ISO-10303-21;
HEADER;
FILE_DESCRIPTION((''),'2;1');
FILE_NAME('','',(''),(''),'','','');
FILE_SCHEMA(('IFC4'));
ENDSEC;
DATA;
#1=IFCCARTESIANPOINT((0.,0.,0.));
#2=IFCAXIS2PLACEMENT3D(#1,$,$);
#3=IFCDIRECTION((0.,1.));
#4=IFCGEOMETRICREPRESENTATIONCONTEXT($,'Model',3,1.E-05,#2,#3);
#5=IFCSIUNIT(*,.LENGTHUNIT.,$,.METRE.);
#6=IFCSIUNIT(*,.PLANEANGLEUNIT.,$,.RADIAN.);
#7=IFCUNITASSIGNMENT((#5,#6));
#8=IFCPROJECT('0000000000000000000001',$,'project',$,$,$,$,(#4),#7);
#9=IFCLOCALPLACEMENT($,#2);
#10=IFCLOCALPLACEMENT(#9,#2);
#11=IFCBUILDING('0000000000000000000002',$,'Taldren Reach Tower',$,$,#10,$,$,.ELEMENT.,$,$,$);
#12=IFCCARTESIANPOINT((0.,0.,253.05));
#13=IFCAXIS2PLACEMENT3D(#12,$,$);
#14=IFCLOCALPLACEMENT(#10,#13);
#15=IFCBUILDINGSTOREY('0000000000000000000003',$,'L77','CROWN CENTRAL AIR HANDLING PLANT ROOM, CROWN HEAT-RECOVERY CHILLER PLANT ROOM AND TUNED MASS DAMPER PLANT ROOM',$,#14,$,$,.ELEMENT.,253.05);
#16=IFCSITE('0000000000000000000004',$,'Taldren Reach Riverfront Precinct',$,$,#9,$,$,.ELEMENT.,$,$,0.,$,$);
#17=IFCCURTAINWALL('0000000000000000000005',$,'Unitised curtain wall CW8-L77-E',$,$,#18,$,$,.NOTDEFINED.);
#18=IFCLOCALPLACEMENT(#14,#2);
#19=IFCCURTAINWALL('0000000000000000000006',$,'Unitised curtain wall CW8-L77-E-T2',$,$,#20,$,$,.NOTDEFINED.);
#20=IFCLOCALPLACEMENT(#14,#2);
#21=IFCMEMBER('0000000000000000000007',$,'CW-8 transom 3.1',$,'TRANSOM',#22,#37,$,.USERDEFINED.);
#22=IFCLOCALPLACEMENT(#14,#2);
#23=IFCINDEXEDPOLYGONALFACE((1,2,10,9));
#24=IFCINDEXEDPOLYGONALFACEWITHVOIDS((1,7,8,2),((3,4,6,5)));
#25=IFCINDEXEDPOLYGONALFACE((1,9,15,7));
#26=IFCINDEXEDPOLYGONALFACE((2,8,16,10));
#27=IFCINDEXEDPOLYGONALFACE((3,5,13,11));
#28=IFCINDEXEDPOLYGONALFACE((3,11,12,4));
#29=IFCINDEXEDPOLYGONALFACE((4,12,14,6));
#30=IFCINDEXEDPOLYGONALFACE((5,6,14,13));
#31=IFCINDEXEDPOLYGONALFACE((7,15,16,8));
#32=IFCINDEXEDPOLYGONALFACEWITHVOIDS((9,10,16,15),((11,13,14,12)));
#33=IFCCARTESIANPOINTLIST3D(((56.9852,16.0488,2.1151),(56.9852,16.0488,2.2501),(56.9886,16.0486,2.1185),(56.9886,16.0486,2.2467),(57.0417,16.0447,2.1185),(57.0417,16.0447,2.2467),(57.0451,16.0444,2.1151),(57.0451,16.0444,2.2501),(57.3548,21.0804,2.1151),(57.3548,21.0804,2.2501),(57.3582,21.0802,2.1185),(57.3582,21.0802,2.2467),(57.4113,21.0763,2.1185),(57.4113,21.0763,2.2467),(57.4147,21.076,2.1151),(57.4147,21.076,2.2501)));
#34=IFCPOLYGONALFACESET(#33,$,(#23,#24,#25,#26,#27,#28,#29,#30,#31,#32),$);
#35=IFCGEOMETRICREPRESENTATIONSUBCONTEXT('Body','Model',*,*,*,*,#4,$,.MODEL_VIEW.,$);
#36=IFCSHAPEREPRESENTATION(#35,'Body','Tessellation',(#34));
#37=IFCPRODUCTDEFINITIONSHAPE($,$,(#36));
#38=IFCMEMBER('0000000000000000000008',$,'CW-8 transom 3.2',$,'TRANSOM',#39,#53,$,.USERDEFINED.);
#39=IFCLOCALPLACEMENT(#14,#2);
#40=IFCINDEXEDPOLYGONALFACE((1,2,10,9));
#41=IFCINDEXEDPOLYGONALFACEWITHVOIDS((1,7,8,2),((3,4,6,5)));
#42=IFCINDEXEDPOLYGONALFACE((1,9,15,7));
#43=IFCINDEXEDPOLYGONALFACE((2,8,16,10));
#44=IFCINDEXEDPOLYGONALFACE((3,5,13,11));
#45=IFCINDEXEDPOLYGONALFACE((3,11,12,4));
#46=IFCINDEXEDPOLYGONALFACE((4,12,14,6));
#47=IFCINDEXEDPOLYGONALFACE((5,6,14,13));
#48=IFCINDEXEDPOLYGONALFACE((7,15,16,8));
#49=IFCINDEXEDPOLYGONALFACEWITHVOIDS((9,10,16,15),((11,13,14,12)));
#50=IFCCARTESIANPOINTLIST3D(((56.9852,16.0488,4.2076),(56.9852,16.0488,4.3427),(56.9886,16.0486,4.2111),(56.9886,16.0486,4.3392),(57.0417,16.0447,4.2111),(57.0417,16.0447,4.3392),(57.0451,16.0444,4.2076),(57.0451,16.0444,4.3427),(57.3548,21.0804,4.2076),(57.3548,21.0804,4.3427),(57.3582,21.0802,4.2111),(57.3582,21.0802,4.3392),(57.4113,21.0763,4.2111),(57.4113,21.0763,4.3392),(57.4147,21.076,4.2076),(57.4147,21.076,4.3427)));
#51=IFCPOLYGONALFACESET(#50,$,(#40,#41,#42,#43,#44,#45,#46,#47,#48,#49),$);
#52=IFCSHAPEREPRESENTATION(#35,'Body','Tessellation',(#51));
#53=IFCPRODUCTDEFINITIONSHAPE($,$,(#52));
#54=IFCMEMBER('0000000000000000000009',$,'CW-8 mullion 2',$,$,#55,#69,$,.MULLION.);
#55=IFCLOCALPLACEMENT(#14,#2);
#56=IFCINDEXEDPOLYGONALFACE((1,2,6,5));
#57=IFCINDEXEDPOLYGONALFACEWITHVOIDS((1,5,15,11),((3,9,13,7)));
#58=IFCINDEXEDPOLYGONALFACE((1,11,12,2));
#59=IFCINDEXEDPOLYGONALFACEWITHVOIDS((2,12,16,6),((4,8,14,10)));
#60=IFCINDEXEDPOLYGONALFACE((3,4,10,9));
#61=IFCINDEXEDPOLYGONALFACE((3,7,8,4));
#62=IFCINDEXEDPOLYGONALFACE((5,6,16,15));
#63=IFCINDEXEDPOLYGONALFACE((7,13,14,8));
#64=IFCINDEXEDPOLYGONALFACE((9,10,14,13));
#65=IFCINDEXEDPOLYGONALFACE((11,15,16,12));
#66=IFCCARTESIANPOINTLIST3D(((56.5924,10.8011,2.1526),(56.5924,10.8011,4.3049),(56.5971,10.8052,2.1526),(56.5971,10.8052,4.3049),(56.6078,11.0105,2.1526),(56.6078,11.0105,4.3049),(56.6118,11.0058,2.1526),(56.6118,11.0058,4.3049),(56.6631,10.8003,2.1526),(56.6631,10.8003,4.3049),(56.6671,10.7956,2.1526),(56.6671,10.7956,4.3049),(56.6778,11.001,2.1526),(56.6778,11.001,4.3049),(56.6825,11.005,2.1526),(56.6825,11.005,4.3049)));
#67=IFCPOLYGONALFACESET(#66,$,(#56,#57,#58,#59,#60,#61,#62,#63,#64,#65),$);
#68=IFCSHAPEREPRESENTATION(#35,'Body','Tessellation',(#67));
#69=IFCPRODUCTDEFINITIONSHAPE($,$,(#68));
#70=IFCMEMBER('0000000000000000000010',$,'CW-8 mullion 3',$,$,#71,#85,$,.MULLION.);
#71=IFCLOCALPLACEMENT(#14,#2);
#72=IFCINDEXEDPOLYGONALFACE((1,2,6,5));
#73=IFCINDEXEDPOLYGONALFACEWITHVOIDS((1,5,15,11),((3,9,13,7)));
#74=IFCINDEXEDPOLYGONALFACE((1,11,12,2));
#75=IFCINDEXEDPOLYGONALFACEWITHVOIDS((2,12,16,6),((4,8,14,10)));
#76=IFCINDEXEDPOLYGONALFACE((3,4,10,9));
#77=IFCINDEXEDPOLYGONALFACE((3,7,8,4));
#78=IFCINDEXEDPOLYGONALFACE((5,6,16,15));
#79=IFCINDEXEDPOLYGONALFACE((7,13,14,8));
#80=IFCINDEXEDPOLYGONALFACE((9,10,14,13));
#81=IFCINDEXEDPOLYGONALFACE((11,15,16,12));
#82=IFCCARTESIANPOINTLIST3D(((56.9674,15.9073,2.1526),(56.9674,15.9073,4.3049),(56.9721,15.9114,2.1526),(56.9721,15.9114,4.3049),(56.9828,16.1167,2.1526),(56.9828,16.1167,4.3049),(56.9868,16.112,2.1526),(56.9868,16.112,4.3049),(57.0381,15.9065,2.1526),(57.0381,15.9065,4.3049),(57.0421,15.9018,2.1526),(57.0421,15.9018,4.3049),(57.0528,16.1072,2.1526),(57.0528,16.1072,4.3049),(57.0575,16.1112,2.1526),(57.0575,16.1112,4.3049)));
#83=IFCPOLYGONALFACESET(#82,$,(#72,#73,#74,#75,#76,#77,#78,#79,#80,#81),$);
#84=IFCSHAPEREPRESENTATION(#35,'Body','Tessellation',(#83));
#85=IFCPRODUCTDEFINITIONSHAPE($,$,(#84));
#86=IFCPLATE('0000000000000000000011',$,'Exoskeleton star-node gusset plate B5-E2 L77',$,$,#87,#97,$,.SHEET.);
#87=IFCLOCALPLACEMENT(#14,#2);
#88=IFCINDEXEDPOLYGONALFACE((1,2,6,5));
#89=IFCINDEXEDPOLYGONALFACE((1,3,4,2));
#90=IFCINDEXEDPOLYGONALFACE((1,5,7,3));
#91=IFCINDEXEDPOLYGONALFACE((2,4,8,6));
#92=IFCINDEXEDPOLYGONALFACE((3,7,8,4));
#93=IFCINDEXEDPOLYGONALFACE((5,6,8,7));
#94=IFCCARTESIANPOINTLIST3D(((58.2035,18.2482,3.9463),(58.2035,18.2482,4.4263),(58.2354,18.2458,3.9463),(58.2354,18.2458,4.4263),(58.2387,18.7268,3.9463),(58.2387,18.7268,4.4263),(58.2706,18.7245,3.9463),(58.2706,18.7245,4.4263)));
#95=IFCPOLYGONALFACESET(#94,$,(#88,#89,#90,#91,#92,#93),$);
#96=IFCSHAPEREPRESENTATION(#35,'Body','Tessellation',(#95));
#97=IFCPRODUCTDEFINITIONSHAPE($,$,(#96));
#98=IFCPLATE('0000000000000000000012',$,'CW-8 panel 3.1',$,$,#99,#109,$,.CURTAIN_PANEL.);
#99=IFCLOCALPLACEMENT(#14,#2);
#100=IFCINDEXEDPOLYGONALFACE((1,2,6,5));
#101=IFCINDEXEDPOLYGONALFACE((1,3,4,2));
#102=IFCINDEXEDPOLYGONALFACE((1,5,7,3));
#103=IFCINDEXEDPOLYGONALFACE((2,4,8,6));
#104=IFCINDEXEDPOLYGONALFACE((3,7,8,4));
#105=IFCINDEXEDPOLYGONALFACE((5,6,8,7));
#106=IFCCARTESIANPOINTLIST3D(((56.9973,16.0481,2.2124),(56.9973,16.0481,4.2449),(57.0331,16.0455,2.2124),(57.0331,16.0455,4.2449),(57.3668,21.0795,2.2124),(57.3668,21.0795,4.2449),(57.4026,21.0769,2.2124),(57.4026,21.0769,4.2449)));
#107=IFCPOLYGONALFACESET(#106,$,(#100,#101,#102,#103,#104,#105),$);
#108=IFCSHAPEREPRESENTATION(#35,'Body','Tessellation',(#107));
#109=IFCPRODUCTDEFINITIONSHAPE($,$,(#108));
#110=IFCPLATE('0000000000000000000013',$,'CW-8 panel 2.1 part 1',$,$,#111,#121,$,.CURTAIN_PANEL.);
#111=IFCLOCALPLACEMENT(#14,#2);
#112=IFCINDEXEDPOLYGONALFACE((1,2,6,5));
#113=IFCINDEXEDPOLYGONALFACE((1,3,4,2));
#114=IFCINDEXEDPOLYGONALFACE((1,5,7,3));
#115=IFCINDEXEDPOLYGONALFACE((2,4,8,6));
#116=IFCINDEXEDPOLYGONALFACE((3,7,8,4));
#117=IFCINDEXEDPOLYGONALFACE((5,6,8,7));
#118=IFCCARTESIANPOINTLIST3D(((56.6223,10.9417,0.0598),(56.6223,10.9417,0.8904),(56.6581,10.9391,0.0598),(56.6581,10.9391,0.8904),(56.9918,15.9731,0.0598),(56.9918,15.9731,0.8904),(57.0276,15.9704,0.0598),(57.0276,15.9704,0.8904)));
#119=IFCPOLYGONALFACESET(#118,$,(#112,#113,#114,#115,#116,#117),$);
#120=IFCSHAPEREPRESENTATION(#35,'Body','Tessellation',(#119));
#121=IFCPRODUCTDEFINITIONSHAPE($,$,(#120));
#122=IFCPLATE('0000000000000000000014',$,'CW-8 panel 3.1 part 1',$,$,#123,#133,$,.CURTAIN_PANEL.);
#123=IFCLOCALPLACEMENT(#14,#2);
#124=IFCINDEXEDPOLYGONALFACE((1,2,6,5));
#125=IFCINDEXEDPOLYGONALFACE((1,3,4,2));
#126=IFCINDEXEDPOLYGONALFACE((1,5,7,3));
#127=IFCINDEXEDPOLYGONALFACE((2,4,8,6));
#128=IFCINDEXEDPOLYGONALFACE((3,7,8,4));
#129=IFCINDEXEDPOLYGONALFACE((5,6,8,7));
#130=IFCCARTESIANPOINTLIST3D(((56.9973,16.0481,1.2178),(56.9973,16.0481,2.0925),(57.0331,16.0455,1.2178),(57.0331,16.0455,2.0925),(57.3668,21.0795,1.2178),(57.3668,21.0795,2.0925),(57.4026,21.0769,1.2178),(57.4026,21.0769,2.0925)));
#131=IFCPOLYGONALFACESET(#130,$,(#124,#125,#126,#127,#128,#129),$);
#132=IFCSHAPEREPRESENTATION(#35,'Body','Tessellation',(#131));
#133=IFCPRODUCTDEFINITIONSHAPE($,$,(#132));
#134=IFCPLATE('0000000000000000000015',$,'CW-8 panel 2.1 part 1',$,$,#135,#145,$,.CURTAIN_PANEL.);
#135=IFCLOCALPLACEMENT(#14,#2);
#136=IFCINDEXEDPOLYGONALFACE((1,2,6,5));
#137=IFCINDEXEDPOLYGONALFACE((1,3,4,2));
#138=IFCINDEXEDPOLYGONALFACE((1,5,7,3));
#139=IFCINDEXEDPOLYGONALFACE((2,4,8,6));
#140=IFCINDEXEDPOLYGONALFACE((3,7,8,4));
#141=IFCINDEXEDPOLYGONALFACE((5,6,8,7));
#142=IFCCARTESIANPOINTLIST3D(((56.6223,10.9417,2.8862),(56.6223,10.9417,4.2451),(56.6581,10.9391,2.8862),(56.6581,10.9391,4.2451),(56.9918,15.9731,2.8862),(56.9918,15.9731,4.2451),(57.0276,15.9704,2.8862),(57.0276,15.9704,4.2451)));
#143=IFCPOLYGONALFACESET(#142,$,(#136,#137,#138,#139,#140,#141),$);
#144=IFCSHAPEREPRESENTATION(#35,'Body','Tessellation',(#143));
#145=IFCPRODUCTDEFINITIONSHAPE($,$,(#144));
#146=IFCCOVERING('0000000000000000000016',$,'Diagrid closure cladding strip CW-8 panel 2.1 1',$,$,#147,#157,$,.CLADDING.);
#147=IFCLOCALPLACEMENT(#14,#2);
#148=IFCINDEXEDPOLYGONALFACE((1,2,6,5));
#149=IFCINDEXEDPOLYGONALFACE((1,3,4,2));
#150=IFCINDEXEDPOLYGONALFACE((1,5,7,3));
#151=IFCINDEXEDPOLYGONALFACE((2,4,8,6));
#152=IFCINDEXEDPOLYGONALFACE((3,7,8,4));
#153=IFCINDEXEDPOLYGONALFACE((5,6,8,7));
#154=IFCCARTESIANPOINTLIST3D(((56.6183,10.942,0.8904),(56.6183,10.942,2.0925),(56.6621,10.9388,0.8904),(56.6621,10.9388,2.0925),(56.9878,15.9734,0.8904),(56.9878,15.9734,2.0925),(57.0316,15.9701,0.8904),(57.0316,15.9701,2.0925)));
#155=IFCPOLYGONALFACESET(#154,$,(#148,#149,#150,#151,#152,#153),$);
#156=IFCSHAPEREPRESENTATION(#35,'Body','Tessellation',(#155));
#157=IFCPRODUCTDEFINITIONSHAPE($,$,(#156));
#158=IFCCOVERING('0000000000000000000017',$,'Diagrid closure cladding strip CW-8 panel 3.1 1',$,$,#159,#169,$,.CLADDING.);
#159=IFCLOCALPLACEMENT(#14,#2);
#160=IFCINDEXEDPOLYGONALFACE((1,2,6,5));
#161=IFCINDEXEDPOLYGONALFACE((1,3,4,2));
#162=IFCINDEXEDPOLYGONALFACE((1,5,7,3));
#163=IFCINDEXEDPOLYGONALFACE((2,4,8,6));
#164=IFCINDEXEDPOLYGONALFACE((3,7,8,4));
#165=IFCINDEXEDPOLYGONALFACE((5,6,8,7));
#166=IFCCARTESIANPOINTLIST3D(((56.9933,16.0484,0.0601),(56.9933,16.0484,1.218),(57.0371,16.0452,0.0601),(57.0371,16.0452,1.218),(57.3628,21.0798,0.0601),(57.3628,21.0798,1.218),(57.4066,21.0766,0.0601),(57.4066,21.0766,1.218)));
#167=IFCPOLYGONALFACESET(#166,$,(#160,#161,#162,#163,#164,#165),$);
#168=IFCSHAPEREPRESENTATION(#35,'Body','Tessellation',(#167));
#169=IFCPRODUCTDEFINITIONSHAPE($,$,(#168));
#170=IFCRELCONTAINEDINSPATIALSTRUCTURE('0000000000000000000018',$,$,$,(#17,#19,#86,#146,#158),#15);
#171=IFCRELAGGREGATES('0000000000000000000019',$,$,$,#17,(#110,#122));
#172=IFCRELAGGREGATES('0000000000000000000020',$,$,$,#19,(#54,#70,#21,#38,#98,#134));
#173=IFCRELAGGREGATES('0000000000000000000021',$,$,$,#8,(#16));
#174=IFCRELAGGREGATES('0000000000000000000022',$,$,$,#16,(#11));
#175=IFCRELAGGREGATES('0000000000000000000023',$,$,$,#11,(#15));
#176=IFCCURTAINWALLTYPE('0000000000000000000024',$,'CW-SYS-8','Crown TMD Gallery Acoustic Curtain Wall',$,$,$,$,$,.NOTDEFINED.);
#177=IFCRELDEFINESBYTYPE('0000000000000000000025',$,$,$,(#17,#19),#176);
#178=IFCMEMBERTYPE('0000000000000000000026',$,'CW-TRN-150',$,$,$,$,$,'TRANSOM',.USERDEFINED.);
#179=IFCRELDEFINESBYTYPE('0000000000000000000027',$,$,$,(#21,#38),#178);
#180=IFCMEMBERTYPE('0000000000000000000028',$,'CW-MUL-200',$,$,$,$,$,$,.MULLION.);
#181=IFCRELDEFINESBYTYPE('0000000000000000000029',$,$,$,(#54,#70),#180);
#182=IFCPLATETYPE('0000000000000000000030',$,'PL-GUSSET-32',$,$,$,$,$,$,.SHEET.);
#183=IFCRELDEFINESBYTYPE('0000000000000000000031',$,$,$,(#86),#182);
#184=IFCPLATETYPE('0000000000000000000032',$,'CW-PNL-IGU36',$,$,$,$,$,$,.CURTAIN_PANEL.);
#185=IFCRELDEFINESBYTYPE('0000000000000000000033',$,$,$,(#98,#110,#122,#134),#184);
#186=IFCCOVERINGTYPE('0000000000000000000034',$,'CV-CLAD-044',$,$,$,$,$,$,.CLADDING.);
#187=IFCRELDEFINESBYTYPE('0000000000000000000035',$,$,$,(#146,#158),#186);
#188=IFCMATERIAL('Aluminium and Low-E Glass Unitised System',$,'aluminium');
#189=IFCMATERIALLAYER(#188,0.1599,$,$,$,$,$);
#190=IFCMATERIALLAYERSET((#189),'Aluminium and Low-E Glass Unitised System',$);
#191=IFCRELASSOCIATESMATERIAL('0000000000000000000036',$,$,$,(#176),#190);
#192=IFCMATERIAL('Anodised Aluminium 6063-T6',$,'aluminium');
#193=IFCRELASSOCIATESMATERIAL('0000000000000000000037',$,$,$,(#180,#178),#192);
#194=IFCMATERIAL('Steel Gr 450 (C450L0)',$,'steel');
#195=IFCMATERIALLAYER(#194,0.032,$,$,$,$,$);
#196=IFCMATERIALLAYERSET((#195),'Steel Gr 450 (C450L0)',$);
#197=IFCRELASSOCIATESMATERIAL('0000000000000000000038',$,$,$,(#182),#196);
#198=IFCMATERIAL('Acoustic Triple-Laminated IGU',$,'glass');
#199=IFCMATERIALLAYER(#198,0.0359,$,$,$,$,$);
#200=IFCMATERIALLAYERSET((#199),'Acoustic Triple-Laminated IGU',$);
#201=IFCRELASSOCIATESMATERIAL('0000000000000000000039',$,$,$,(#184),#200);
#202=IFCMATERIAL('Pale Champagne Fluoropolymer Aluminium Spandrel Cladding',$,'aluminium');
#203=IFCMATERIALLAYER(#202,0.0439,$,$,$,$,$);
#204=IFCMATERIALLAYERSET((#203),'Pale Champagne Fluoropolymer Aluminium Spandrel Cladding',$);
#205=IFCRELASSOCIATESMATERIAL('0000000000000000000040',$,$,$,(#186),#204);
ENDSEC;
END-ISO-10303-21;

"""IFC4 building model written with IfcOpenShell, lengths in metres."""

from ifc_helpers import new_model, si_unit, direction, frame, origin, origin_2d, place, context, subcontext, project, spatial, rectangle, hollow_rectangle, extrude, source, transform, mapped, material, layer, layer_set, material_profile, profile_set, type_object, element, aggregate, save


model = new_model("IFC4")

# Units and contexts
model_context = context("Model", 3, precision=1e-05, world=origin(), true_north=direction((0.0, 1.0)))
body_context = subcontext(model_context, "Body", "Model", "MODEL_VIEW")
ifc_project = project(units=[si_unit("LENGTHUNIT", "METRE"), si_unit("PLANEANGLEUNIT", "RADIAN")], contexts=[model_context])

# Site, building, storey
site_placement = place(None, origin())
site = spatial("IfcSite", under=ifc_project, at=site_placement, Name="Taldren Reach Riverfront Precinct", CompositionType="ELEMENT", RefElevation=0.0)
building_placement = place(site_placement, origin())
building = spatial("IfcBuilding", under=site, at=building_placement, Name="Taldren Reach Tower", CompositionType="ELEMENT")
storey_placement = place(building_placement, frame((0.0, 0.0, 253.05)))
storey = spatial("IfcBuildingStorey", under=building, at=storey_placement, Name="L77", Description="CROWN CENTRAL AIR HANDLING PLANT ROOM, CROWN HEAT-RECOVERY CHILLER PLANT ROOM AND TUNED MASS DAMPER PLANT ROOM", CompositionType="ELEMENT", Elevation=253.05)

# Shared definitions
ifc_material_1 = material(Name="Steel Gr 450 (C450L0)", Category="steel")

# Curtain walls, members
ifc_material_2 = material(Name="Aluminium and Low-E Glass Unitised System", Category="aluminium")
ifc_layer_1 = layer(ifc_material_2, 0.1599)
ifc_layer_set_1 = layer_set([ifc_layer_1], Name="Aluminium and Low-E Glass Unitised System")
curtain_wall_type = type_object("IfcCurtainWallType", Name="CW-SYS-8", Description="Crown TMD Gallery Acoustic Curtain Wall", PredefinedType="NOTDEFINED", material=ifc_layer_set_1)
curtain_wall_1_placement = place(storey_placement, origin())
curtain_wall_1 = element("IfcCurtainWall", 1, at=curtain_wall_1_placement, inside=storey, type_object=curtain_wall_type, Name="Unitised curtain wall CW8-L77-E", PredefinedType="NOTDEFINED")
ifc_material_3 = material(Name="Anodised Aluminium 6063-T6", Category="aluminium")
ifc_material_profile_1 = material_profile(ifc_material_3, hollow_rectangle(XDim=0.075, YDim=0.21, WallThickness=0.0044, at=origin_2d()), Name="ALU-210x75x4.5RHS")
ifc_profile_set_1 = profile_set([ifc_material_profile_1], Name="Anodised Aluminium 6063-T6")
member_type_1 = type_object("IfcMemberType", Name="CW-MUL-200", PredefinedType="MULLION", material=ifc_profile_set_1)
ifc_material_profile_2 = material_profile(ifc_material_3, hollow_rectangle(XDim=0.0601, YDim=0.135, WallThickness=0.0034, at=origin_2d()), Name="ALU-135x60x3.5RHS")
ifc_profile_set_2 = profile_set([ifc_material_profile_2], Name="Anodised Aluminium 6063-T6")
member_type_2 = type_object("IfcMemberType", Name="CW-TRN-150", ElementType="TRANSOM", PredefinedType="USERDEFINED", material=ifc_profile_set_2)
shared_shape_1 = source(origin(), body_context, "Body", "SweptSolid", [
    extrude(hollow_rectangle(XDim=0.0601, YDim=0.135, WallThickness=0.0034, at=origin_2d()), origin(), (0.0, 0.0, 1.0), 5.0452),
])
curtain_wall_2_placement = place(storey_placement, origin())
curtain_wall_2 = element("IfcCurtainWall", 2, at=curtain_wall_2_placement, inside=storey, type_object=curtain_wall_type, Name="Unitised curtain wall CW8-L77-E-T2", PredefinedType="NOTDEFINED")
member_1_placement = place(storey_placement, frame((57.0151, 16.0466, 2.1826), z_axis=(0.073266, 0.997312, 0.0), x_axis=(-0.997312, 0.073266, 0.0)))
member_1 = element("IfcMember", 3, at=member_1_placement, type_object=member_type_2, Name="CW-8 transom 3.1", ObjectType="TRANSOM", PredefinedType="USERDEFINED", context=body_context, shape_type="MappedRepresentation", body=[
    mapped(shared_shape_1, transform((0.0, 0.0, 0.0), scale=1.0)),
])
member_2_placement = place(storey_placement, frame((57.0151, 16.0466, 4.2751), z_axis=(0.073266, 0.997312, 0.0), x_axis=(-0.997312, 0.073266, 0.0)))
member_2 = element("IfcMember", 4, at=member_2_placement, type_object=member_type_2, Name="CW-8 transom 3.2", ObjectType="TRANSOM", PredefinedType="USERDEFINED", context=body_context, shape_type="MappedRepresentation", body=[
    mapped(shared_shape_1, transform((0.0, 0.0, 0.0), scale=1.0)),
])
shared_shape_2 = source(origin(), body_context, "Body", "SweptSolid", [
    extrude(hollow_rectangle(XDim=0.075, YDim=0.21, WallThickness=0.0044, at=origin_2d()), origin(), (0.0, 0.0, 1.0), 2.1523),
])
member_3_placement = place(storey_placement, frame((56.6375, 10.9031, 2.1526), z_axis=(0.0, 0.0, 1.0), x_axis=(-0.997314, 0.073238, 0.0)))
member_3 = element("IfcMember", 5, at=member_3_placement, type_object=member_type_1, Name="CW-8 mullion 2", PredefinedType="MULLION", context=body_context, shape_type="MappedRepresentation", body=[
    mapped(shared_shape_2, transform((0.0, 0.0, 0.0), scale=1.0)),
])
member_4_placement = place(storey_placement, frame((57.0125, 16.0093, 2.1526), z_axis=(0.0, 0.0, 1.0), x_axis=(-0.997314, 0.073238, 0.0)))
member_4 = element("IfcMember", 6, at=member_4_placement, type_object=member_type_1, Name="CW-8 mullion 3", PredefinedType="MULLION", context=body_context, shape_type="MappedRepresentation", body=[
    mapped(shared_shape_2, transform((0.0, 0.0, 0.0), scale=1.0)),
])

# Plates
ifc_layer_2 = layer(ifc_material_1, 0.032)
ifc_layer_set_2 = layer_set([ifc_layer_2], Name="Steel Gr 450 (C450L0)")
plate_type_1 = type_object("IfcPlateType", Name="PL-GUSSET-32", PredefinedType="SHEET", material=ifc_layer_set_2)
shared_shape_3 = source(origin(), body_context, "Body", "SweptSolid", [
    extrude(rectangle(XDim=0.48, YDim=0.032, at=origin_2d()), origin(), (0.0, 0.0, 1.0), 0.48),
])
plate_1_placement = place(storey_placement, frame((58.2371, 18.4863, 3.9463), z_axis=(0.0, 0.0, 1.0), x_axis=(0.073238, 0.997314, 0.0)))
element("IfcPlate", 7, at=plate_1_placement, inside=storey, type_object=plate_type_1, Name="Exoskeleton star-node gusset plate B5-E2 L77", PredefinedType="SHEET", context=body_context, shape_type="MappedRepresentation", body=[
    mapped(shared_shape_3, transform((0.0, 0.0, 0.0), scale=1.0)),
])
ifc_material_4 = material(Name="Acoustic Triple-Laminated IGU", Category="glass")
ifc_layer_3 = layer(ifc_material_4, 0.0359)
ifc_layer_set_3 = layer_set([ifc_layer_3], Name="Acoustic Triple-Laminated IGU")
plate_type_2 = type_object("IfcPlateType", Name="CW-PNL-IGU36", PredefinedType="CURTAIN_PANEL", material=ifc_layer_set_3)
shared_shape_4 = source(origin(), body_context, "Body", "SweptSolid", [
    extrude(rectangle(XDim=5.0449, YDim=0.0359, at=origin_2d()), origin(), (0.0, 0.0, 1.0), 2.0325),
])
plate_2_placement = place(storey_placement, frame((57.2, 18.5625, 2.2124), z_axis=(0.0, 0.0, 1.0), x_axis=(0.073238, 0.997314, 0.0)))
plate_2 = element("IfcPlate", 8, at=plate_2_placement, type_object=plate_type_2, Name="CW-8 panel 3.1", PredefinedType="CURTAIN_PANEL", context=body_context, shape_type="MappedRepresentation", body=[
    mapped(shared_shape_4, transform((0.0, 0.0, 0.0), scale=1.0)),
])
shared_shape_5 = source(origin(), body_context, "Body", "SweptSolid", [
    extrude(rectangle(XDim=5.0449, YDim=0.0359, at=origin_2d()), origin(), (0.0, 0.0, 1.0), 0.8306),
])
plate_3_placement = place(storey_placement, frame((56.825, 13.4561, 0.0598), z_axis=(0.0, 0.0, 1.0), x_axis=(0.073238, 0.997314, 0.0)))
plate_3 = element("IfcPlate", 9, at=plate_3_placement, type_object=plate_type_2, Name="CW-8 panel 2.1 part 1", PredefinedType="CURTAIN_PANEL", context=body_context, shape_type="MappedRepresentation", body=[
    mapped(shared_shape_5, transform((0.0, 0.0, 0.0), scale=1.0)),
])
shared_shape_6 = source(origin(), body_context, "Body", "SweptSolid", [
    extrude(rectangle(XDim=5.0449, YDim=0.0359, at=origin_2d()), origin(), (0.0, 0.0, 1.0), 0.8748),
])
plate_4_placement = place(storey_placement, frame((57.2, 18.5625, 1.2178), z_axis=(0.0, 0.0, 1.0), x_axis=(0.073238, 0.997314, 0.0)))
plate_4 = element("IfcPlate", 10, at=plate_4_placement, type_object=plate_type_2, Name="CW-8 panel 3.1 part 1", PredefinedType="CURTAIN_PANEL", context=body_context, shape_type="MappedRepresentation", body=[
    mapped(shared_shape_6, transform((0.0, 0.0, 0.0), scale=1.0)),
])
aggregate(curtain_wall_1, [plate_3, plate_4])
shared_shape_7 = source(origin(), body_context, "Body", "SweptSolid", [
    extrude(rectangle(XDim=5.0449, YDim=0.0359, at=origin_2d()), origin(), (0.0, 0.0, 1.0), 1.3589),
])
plate_5_placement = place(storey_placement, frame((56.825, 13.4561, 2.8862), z_axis=(0.0, 0.0, 1.0), x_axis=(0.073238, 0.997314, 0.0)))
plate_5 = element("IfcPlate", 11, at=plate_5_placement, type_object=plate_type_2, Name="CW-8 panel 2.1 part 1", PredefinedType="CURTAIN_PANEL", context=body_context, shape_type="MappedRepresentation", body=[
    mapped(shared_shape_7, transform((0.0, 0.0, 0.0), scale=1.0)),
])
aggregate(curtain_wall_2, [member_3, member_4, member_1, member_2, plate_2, plate_5])

# Coverings
ifc_material_5 = material(Name="Pale Champagne Fluoropolymer Aluminium Spandrel Cladding", Category="aluminium")
ifc_layer_4 = layer(ifc_material_5, 0.0439)
ifc_layer_set_4 = layer_set([ifc_layer_4], Name="Pale Champagne Fluoropolymer Aluminium Spandrel Cladding")
covering_type = type_object("IfcCoveringType", Name="CV-CLAD-044", PredefinedType="CLADDING", material=ifc_layer_set_4)
shared_shape_8 = source(origin(), body_context, "Body", "SweptSolid", [
    extrude(rectangle(XDim=5.0449, YDim=0.0439, at=origin_2d()), origin(), (0.0, 0.0, 1.0), 1.2021),
])
covering_1_placement = place(storey_placement, frame((56.825, 13.4561, 0.8904), z_axis=(0.0, 0.0, 1.0), x_axis=(0.073238, 0.997314, 0.0)))
element("IfcCovering", 12, at=covering_1_placement, inside=storey, type_object=covering_type, Name="Diagrid closure cladding strip CW-8 panel 2.1 1", PredefinedType="CLADDING", context=body_context, shape_type="MappedRepresentation", body=[
    mapped(shared_shape_8, transform((0.0, 0.0, 0.0), scale=1.0)),
])
shared_shape_9 = source(origin(), body_context, "Body", "SweptSolid", [
    extrude(rectangle(XDim=5.0449, YDim=0.0439, at=origin_2d()), origin(), (0.0, 0.0, 1.0), 1.158),
])
covering_2_placement = place(storey_placement, frame((57.2, 18.5625, 0.0601), z_axis=(0.0, 0.0, 1.0), x_axis=(0.073238, 0.997314, 0.0)))
element("IfcCovering", 13, at=covering_2_placement, inside=storey, type_object=covering_type, Name="Diagrid closure cladding strip CW-8 panel 3.1 1", PredefinedType="CLADDING", context=body_context, shape_type="MappedRepresentation", body=[
    mapped(shared_shape_9, transform((0.0, 0.0, 0.0), scale=1.0)),
])

save(model, "model.ifc")
